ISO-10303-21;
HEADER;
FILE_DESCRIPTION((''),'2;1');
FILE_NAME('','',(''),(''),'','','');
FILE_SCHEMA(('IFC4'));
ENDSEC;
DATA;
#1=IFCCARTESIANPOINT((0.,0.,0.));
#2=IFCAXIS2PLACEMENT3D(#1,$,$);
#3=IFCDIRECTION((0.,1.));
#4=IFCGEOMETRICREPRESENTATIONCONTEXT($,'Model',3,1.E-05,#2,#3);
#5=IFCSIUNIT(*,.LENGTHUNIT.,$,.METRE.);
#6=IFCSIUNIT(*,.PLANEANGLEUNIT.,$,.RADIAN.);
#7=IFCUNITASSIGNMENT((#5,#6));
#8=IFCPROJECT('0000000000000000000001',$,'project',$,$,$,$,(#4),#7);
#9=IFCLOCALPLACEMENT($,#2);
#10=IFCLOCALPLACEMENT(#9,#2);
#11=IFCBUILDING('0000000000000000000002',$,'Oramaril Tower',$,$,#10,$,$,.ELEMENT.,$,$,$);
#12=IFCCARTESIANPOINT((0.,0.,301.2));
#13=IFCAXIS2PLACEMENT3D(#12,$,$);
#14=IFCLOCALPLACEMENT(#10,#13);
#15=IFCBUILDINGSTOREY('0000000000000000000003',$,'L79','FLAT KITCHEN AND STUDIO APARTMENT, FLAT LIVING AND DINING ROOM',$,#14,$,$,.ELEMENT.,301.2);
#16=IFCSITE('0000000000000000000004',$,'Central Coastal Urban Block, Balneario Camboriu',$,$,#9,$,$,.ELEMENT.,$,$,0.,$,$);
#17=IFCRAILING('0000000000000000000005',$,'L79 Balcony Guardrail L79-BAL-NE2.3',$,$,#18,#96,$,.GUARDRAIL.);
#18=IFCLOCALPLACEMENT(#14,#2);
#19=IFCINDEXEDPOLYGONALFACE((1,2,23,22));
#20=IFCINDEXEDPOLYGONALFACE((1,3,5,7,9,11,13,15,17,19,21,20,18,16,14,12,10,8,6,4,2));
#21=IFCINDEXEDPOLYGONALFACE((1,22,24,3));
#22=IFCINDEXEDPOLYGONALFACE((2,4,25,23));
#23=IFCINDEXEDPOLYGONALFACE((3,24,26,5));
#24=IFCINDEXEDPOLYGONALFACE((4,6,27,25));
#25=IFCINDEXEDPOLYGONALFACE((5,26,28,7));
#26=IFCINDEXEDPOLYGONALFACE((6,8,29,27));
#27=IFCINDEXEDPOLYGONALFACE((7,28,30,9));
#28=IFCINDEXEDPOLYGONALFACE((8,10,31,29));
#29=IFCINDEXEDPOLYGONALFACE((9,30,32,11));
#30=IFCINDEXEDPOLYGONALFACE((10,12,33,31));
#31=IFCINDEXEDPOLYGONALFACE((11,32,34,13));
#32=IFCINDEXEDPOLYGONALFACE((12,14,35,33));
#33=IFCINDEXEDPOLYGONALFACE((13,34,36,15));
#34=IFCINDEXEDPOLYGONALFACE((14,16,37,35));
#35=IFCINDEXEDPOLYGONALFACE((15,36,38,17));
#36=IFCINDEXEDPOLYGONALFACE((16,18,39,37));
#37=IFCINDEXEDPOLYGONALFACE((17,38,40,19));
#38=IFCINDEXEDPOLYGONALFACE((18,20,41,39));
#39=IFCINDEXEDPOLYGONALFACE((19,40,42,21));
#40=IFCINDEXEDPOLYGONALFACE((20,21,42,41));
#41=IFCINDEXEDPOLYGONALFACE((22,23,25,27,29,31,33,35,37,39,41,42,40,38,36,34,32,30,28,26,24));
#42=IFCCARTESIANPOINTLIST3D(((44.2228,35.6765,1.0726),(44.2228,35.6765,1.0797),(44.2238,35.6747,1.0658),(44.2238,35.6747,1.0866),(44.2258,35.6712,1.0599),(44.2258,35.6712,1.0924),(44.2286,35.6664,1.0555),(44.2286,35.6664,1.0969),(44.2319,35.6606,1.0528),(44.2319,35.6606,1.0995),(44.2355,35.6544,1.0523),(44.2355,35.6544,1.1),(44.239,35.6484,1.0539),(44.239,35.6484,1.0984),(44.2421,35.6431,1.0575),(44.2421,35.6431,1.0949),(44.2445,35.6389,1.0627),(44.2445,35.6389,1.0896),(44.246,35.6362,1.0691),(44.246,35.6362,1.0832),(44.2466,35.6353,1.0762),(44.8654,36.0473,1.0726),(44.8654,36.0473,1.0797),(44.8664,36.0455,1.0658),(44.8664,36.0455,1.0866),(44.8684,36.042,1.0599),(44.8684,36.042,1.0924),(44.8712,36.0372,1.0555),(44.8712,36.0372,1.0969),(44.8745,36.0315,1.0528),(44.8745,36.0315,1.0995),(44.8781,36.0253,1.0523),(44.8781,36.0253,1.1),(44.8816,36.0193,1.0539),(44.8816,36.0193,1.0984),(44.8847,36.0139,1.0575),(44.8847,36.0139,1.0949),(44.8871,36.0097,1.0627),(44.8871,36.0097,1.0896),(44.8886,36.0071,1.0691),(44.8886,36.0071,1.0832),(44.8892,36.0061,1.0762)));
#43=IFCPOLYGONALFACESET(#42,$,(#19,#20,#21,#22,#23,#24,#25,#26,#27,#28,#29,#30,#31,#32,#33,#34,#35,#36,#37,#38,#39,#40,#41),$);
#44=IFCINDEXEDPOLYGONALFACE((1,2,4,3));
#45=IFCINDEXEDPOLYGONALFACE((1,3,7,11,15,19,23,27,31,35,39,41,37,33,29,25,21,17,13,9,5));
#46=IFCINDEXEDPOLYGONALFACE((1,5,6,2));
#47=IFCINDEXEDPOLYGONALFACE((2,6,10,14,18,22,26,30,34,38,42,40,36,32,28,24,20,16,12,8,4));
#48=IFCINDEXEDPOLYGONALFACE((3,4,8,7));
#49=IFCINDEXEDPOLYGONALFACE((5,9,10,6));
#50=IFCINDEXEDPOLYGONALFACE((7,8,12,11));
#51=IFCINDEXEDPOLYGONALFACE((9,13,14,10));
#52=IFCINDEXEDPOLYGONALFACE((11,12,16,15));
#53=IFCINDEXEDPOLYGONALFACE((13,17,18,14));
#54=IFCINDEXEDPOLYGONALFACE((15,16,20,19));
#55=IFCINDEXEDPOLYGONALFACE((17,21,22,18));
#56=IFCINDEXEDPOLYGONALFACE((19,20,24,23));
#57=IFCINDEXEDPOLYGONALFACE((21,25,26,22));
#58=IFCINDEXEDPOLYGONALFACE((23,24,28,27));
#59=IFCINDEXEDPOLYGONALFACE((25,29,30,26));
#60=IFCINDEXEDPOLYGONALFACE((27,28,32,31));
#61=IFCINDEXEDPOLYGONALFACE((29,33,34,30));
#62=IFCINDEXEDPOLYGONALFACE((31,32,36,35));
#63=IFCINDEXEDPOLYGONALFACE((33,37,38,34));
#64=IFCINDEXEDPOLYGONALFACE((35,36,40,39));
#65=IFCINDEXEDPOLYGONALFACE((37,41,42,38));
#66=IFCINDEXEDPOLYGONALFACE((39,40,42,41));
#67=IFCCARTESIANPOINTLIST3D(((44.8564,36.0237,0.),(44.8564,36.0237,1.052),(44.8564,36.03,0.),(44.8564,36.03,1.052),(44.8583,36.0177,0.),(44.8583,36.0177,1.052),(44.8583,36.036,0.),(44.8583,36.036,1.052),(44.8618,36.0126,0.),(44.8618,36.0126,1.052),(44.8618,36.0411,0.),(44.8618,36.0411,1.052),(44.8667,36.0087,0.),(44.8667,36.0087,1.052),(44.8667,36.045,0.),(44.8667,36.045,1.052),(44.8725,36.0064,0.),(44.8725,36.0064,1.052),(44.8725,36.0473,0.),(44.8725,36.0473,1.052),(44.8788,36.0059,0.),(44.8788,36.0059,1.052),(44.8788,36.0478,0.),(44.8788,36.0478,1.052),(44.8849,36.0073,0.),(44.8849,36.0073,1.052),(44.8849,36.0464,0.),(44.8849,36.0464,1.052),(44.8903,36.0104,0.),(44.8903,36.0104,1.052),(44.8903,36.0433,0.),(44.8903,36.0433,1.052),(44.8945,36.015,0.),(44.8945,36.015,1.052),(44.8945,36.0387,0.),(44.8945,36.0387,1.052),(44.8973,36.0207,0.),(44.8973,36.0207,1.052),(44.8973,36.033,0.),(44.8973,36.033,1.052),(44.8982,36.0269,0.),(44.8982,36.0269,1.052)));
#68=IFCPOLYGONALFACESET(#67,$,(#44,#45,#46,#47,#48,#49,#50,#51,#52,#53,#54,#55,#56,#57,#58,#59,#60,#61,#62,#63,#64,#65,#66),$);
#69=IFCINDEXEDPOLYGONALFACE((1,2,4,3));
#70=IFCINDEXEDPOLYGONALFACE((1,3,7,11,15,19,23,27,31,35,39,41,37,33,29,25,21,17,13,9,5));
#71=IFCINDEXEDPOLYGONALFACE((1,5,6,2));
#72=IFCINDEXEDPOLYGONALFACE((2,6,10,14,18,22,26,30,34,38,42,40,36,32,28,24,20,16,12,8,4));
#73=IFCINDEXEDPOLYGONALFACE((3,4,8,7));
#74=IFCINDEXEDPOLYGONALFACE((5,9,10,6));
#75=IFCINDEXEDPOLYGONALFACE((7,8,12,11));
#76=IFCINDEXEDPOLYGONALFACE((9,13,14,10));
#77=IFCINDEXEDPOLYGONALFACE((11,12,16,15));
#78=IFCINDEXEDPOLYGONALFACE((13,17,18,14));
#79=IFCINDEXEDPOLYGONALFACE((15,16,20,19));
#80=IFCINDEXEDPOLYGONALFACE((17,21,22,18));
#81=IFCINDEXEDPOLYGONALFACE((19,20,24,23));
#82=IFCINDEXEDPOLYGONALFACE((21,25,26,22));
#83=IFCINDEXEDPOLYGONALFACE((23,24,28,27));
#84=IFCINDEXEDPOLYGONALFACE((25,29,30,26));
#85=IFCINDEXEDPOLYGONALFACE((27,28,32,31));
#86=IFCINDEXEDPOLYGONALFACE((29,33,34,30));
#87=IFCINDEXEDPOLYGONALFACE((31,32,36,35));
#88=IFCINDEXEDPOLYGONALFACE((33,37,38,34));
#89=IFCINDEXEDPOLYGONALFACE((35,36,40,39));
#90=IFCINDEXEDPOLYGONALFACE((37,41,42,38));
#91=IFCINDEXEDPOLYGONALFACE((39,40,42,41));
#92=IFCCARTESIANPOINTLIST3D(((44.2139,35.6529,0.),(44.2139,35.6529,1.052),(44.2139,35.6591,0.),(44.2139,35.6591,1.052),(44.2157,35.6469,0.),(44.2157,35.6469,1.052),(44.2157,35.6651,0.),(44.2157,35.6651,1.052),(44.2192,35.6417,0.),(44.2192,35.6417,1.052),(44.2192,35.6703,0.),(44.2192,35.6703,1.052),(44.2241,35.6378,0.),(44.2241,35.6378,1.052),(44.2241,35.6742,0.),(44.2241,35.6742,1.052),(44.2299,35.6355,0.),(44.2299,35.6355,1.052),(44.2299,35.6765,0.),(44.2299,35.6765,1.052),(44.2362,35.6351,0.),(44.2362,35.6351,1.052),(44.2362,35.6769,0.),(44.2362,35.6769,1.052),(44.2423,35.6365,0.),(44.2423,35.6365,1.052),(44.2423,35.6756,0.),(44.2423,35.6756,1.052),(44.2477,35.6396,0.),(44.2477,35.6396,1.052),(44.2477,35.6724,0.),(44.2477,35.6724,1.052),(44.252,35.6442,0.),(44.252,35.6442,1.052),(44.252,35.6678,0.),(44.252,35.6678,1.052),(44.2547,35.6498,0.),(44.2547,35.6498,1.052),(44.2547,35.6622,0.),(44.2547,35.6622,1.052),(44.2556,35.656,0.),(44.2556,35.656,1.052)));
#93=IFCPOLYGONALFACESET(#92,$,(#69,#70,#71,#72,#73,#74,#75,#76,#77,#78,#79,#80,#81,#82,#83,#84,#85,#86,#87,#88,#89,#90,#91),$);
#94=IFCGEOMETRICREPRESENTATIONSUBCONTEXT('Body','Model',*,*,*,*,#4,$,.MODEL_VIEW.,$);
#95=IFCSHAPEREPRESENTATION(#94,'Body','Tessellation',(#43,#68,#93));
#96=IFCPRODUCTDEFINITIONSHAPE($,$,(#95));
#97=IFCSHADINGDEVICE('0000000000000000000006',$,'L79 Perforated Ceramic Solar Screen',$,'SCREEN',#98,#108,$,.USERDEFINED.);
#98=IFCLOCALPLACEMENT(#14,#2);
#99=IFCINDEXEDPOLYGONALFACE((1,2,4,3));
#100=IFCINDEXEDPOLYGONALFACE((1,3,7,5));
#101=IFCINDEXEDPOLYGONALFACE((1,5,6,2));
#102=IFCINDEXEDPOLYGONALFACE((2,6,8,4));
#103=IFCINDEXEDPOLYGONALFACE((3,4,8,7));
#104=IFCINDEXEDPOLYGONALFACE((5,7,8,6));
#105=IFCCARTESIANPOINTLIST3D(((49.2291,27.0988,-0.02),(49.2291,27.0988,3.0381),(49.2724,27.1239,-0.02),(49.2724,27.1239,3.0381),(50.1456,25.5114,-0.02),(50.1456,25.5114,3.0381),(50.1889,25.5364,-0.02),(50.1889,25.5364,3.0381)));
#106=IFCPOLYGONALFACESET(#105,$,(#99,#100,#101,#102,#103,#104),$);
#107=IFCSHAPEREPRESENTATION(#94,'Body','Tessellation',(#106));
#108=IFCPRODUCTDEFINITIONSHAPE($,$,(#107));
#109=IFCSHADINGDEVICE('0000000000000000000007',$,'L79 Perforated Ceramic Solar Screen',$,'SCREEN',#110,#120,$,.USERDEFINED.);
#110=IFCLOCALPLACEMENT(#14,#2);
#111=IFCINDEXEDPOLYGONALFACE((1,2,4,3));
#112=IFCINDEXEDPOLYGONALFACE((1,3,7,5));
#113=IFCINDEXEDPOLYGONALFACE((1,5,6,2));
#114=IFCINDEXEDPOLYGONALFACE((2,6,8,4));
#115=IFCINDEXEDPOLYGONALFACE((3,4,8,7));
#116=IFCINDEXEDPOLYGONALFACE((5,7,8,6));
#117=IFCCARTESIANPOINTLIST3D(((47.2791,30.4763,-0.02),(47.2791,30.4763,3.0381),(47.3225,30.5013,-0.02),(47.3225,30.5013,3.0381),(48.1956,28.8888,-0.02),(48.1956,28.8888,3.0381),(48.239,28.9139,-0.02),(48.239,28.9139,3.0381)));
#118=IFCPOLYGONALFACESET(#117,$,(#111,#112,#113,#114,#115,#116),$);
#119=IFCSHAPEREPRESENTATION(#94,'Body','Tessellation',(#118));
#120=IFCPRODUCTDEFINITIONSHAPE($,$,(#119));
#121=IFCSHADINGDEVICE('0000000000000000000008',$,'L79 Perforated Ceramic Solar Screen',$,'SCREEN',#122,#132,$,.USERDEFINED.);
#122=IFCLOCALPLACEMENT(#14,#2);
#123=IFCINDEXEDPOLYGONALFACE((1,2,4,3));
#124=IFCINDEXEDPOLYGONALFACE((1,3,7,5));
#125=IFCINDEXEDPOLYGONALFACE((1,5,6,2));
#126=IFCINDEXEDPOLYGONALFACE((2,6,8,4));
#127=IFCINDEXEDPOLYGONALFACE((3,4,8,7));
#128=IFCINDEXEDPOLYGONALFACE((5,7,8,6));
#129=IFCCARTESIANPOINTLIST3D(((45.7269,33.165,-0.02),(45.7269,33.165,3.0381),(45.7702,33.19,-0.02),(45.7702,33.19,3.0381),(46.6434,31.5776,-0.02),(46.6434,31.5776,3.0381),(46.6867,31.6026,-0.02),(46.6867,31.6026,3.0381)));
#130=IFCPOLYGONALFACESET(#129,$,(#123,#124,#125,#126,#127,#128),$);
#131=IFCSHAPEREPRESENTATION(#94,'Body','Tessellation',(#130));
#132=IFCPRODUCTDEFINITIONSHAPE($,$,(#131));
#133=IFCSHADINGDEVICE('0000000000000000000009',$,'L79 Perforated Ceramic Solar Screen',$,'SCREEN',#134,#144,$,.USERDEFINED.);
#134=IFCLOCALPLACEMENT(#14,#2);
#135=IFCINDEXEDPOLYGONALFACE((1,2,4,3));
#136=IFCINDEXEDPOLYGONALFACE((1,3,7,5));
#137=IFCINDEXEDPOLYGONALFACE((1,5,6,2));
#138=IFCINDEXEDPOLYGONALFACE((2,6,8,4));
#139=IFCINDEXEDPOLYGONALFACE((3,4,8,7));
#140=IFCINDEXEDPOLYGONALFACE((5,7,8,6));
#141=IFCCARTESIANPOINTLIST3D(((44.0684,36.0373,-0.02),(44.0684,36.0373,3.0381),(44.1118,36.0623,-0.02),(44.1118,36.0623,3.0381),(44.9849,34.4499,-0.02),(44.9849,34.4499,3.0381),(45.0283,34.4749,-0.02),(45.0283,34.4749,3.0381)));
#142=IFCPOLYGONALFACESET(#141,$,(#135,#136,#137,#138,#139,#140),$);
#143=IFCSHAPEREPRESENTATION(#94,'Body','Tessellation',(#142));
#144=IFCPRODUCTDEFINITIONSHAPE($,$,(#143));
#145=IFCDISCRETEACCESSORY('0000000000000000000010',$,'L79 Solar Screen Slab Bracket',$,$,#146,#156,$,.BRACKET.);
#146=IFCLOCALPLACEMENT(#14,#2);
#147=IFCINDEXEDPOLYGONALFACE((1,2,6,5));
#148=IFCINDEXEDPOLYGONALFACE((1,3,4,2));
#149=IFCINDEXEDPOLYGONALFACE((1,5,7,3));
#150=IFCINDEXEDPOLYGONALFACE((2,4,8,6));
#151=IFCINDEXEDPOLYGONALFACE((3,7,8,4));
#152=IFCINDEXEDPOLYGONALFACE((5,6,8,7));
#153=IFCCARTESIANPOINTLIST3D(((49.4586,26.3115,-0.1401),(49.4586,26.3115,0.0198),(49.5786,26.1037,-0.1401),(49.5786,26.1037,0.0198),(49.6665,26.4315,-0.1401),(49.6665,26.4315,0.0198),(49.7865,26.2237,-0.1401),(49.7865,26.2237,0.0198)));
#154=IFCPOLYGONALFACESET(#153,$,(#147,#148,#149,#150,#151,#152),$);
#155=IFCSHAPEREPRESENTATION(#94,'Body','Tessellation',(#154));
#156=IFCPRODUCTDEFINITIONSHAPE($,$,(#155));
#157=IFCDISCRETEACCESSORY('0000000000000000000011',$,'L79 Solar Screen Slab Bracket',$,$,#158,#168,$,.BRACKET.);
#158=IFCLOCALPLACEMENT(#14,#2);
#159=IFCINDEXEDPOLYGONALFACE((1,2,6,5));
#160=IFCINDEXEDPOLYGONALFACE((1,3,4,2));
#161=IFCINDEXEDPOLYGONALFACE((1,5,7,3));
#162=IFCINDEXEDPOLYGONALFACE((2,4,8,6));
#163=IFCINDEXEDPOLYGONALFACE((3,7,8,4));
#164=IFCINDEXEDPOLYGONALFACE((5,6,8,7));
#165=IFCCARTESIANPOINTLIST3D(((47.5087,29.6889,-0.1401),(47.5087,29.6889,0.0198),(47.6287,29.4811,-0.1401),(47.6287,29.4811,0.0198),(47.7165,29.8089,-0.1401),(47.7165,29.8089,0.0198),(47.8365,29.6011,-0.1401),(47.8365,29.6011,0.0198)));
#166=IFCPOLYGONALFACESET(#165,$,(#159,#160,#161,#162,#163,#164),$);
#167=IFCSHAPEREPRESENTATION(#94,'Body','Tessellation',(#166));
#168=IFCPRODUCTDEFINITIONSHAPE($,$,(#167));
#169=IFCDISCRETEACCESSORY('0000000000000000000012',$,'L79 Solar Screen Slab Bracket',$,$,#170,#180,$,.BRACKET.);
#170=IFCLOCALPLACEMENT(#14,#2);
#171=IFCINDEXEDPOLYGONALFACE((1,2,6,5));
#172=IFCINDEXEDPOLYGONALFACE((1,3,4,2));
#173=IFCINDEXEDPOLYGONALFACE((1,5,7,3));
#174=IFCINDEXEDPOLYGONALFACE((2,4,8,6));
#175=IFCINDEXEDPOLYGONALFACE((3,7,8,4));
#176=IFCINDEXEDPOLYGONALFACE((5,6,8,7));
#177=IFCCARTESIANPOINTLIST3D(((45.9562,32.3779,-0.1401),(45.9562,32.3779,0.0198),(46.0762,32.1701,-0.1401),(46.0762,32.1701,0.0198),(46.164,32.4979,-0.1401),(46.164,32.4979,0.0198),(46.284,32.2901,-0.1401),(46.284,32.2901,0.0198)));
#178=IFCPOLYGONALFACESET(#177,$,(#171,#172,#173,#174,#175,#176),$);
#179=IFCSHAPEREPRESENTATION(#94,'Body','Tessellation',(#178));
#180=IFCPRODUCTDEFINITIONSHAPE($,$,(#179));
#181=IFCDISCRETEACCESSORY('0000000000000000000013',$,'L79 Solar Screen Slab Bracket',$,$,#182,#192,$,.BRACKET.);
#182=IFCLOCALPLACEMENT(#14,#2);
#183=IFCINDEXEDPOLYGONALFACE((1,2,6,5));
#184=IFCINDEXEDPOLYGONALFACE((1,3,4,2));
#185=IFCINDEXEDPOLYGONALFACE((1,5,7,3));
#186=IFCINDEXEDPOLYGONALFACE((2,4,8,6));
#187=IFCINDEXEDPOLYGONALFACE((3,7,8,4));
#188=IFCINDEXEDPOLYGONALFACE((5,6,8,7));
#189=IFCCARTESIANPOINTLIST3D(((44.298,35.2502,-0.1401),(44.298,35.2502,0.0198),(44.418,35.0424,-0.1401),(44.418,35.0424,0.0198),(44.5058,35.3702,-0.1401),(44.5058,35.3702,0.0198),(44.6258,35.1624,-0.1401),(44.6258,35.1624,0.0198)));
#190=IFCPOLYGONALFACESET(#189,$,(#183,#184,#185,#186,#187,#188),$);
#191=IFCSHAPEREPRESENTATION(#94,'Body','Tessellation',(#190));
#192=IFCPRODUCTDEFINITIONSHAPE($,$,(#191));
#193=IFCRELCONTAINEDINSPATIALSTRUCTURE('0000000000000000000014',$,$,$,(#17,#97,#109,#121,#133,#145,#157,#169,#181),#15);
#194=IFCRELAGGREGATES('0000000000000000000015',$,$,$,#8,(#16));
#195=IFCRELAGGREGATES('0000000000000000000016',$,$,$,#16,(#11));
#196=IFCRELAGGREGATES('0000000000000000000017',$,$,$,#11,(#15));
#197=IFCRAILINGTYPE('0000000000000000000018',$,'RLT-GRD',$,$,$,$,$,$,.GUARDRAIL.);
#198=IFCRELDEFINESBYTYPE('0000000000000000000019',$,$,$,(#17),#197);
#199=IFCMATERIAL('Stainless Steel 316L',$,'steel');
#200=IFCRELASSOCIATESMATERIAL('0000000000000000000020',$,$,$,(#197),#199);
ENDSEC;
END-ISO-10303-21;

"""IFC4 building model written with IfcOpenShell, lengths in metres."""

from ifc_helpers import new_model, si_unit, direction, frame, origin, origin_2d, place, context, subcontext, project, spatial, rectangle, circle, extrude, material, type_object, element, save


model = new_model("IFC4")

# Units and contexts
model_context = context("Model", 3, precision=1e-05, world=origin(), true_north=direction((0.0, 1.0)))
body_context = subcontext(model_context, "Body", "Model", "MODEL_VIEW")
ifc_project = project(units=[si_unit("LENGTHUNIT", "METRE"), si_unit("PLANEANGLEUNIT", "RADIAN")], contexts=[model_context])

# Site, building, storey
site_placement = place(None, origin())
site = spatial("IfcSite", under=ifc_project, at=site_placement, Name="Central Coastal Urban Block, Balneario Camboriu", CompositionType="ELEMENT", RefElevation=0.0)
building_placement = place(site_placement, origin())
building = spatial("IfcBuilding", under=site, at=building_placement, Name="Oramaril Tower", CompositionType="ELEMENT")
storey_placement = place(building_placement, frame((0.0, 0.0, 301.2)))
storey = spatial("IfcBuildingStorey", under=building, at=storey_placement, Name="L79", Description="FLAT KITCHEN AND STUDIO APARTMENT, FLAT LIVING AND DINING ROOM", CompositionType="ELEMENT", Elevation=301.2)

# Railing
ifc_material_1 = material(Name="Stainless Steel 316L", Category="steel")
railing_type = type_object("IfcRailingType", Name="RLT-GRD", PredefinedType="GUARDRAIL", material=ifc_material_1)
railing_placement = place(storey_placement, frame((44.8772, 36.0269, 0.0)))
element("IfcRailing", 1, at=railing_placement, inside=storey, type_object=railing_type, Name="L79 Balcony Guardrail L79-BAL-NE2.3", PredefinedType="GUARDRAIL", context=body_context, shape_type="SweptSolid", body=[
    extrude(circle(Radius=0.0239, at=origin_2d()), frame((0.0, 0.0, 1.0762), z_axis=(-0.866109, -0.499855, 0.0), x_axis=(0.499855, -0.866109, 0.0)), (0.0, 0.0, 1.0), 0.7419),
    extrude(circle(Radius=0.021, at=origin_2d()), origin(), (0.0, 0.0, 1.0), 1.052),
    extrude(circle(Radius=0.021, at=origin_2d()), frame((-0.6426, -0.3708, 0.0)), (0.0, 0.0, 1.0), 1.052),
])

# Shading devices
for number, where, z_axis, x_axis, name in (
    (2, (49.709, 26.3176, -0.02), (0.0, 0.0, 1.0), (-0.500002, 0.866025, 0.0), "L79 Perforated Ceramic Solar Screen"),
    (3, (47.759, 29.6951, -0.02), (0.0, 0.0, 1.0), (-0.500002, 0.866025, 0.0), "L79 Perforated Ceramic Solar Screen"),
    (4, (46.2068, 32.3838, -0.02), (0.0, 0.0, 1.0), (-0.500002, 0.866025, 0.0), "L79 Perforated Ceramic Solar Screen"),
    (5, (44.5483, 35.2561, -0.02), (0.0, 0.0, 1.0), (-0.500002, 0.866025, 0.0), "L79 Perforated Ceramic Solar Screen"),
):
    element("IfcShadingDevice", number, at=place(storey_placement, frame(where, z_axis=z_axis, x_axis=x_axis)), inside=storey, Name=name, ObjectType="SCREEN", PredefinedType="USERDEFINED", context=body_context, shape_type="SweptSolid", body=[
        extrude(rectangle(XDim=1.833, YDim=0.05, at=origin_2d()), origin(), (0.0, 0.0, 1.0), 3.0581),
    ])

# Discrete accessories
for number, where, z_axis, x_axis, name in (
    (6, (49.6226, 26.2676, -0.1401), (0.0, 0.0, 1.0), (-0.500002, 0.866025, 0.0), "L79 Solar Screen Slab Bracket"),
    (7, (47.6726, 29.645, -0.1401), (0.0, 0.0, 1.0), (-0.500002, 0.866025, 0.0), "L79 Solar Screen Slab Bracket"),
    (8, (46.1201, 32.334, -0.1401), (0.0, 0.0, 1.0), (-0.500002, 0.866025, 0.0), "L79 Solar Screen Slab Bracket"),
    (9, (44.4619, 35.2063, -0.1401), (0.0, 0.0, 1.0), (-0.500002, 0.866025, 0.0), "L79 Solar Screen Slab Bracket"),
):
    element("IfcDiscreteAccessory", number, at=place(storey_placement, frame(where, z_axis=z_axis, x_axis=x_axis)), inside=storey, Name=name, PredefinedType="BRACKET", context=body_context, shape_type="SweptSolid", body=[
        extrude(rectangle(XDim=0.24, YDim=0.24, at=origin_2d()), origin(), (0.0, 0.0, 1.0), 0.1599),
    ])

save(model, "model.ifc")
